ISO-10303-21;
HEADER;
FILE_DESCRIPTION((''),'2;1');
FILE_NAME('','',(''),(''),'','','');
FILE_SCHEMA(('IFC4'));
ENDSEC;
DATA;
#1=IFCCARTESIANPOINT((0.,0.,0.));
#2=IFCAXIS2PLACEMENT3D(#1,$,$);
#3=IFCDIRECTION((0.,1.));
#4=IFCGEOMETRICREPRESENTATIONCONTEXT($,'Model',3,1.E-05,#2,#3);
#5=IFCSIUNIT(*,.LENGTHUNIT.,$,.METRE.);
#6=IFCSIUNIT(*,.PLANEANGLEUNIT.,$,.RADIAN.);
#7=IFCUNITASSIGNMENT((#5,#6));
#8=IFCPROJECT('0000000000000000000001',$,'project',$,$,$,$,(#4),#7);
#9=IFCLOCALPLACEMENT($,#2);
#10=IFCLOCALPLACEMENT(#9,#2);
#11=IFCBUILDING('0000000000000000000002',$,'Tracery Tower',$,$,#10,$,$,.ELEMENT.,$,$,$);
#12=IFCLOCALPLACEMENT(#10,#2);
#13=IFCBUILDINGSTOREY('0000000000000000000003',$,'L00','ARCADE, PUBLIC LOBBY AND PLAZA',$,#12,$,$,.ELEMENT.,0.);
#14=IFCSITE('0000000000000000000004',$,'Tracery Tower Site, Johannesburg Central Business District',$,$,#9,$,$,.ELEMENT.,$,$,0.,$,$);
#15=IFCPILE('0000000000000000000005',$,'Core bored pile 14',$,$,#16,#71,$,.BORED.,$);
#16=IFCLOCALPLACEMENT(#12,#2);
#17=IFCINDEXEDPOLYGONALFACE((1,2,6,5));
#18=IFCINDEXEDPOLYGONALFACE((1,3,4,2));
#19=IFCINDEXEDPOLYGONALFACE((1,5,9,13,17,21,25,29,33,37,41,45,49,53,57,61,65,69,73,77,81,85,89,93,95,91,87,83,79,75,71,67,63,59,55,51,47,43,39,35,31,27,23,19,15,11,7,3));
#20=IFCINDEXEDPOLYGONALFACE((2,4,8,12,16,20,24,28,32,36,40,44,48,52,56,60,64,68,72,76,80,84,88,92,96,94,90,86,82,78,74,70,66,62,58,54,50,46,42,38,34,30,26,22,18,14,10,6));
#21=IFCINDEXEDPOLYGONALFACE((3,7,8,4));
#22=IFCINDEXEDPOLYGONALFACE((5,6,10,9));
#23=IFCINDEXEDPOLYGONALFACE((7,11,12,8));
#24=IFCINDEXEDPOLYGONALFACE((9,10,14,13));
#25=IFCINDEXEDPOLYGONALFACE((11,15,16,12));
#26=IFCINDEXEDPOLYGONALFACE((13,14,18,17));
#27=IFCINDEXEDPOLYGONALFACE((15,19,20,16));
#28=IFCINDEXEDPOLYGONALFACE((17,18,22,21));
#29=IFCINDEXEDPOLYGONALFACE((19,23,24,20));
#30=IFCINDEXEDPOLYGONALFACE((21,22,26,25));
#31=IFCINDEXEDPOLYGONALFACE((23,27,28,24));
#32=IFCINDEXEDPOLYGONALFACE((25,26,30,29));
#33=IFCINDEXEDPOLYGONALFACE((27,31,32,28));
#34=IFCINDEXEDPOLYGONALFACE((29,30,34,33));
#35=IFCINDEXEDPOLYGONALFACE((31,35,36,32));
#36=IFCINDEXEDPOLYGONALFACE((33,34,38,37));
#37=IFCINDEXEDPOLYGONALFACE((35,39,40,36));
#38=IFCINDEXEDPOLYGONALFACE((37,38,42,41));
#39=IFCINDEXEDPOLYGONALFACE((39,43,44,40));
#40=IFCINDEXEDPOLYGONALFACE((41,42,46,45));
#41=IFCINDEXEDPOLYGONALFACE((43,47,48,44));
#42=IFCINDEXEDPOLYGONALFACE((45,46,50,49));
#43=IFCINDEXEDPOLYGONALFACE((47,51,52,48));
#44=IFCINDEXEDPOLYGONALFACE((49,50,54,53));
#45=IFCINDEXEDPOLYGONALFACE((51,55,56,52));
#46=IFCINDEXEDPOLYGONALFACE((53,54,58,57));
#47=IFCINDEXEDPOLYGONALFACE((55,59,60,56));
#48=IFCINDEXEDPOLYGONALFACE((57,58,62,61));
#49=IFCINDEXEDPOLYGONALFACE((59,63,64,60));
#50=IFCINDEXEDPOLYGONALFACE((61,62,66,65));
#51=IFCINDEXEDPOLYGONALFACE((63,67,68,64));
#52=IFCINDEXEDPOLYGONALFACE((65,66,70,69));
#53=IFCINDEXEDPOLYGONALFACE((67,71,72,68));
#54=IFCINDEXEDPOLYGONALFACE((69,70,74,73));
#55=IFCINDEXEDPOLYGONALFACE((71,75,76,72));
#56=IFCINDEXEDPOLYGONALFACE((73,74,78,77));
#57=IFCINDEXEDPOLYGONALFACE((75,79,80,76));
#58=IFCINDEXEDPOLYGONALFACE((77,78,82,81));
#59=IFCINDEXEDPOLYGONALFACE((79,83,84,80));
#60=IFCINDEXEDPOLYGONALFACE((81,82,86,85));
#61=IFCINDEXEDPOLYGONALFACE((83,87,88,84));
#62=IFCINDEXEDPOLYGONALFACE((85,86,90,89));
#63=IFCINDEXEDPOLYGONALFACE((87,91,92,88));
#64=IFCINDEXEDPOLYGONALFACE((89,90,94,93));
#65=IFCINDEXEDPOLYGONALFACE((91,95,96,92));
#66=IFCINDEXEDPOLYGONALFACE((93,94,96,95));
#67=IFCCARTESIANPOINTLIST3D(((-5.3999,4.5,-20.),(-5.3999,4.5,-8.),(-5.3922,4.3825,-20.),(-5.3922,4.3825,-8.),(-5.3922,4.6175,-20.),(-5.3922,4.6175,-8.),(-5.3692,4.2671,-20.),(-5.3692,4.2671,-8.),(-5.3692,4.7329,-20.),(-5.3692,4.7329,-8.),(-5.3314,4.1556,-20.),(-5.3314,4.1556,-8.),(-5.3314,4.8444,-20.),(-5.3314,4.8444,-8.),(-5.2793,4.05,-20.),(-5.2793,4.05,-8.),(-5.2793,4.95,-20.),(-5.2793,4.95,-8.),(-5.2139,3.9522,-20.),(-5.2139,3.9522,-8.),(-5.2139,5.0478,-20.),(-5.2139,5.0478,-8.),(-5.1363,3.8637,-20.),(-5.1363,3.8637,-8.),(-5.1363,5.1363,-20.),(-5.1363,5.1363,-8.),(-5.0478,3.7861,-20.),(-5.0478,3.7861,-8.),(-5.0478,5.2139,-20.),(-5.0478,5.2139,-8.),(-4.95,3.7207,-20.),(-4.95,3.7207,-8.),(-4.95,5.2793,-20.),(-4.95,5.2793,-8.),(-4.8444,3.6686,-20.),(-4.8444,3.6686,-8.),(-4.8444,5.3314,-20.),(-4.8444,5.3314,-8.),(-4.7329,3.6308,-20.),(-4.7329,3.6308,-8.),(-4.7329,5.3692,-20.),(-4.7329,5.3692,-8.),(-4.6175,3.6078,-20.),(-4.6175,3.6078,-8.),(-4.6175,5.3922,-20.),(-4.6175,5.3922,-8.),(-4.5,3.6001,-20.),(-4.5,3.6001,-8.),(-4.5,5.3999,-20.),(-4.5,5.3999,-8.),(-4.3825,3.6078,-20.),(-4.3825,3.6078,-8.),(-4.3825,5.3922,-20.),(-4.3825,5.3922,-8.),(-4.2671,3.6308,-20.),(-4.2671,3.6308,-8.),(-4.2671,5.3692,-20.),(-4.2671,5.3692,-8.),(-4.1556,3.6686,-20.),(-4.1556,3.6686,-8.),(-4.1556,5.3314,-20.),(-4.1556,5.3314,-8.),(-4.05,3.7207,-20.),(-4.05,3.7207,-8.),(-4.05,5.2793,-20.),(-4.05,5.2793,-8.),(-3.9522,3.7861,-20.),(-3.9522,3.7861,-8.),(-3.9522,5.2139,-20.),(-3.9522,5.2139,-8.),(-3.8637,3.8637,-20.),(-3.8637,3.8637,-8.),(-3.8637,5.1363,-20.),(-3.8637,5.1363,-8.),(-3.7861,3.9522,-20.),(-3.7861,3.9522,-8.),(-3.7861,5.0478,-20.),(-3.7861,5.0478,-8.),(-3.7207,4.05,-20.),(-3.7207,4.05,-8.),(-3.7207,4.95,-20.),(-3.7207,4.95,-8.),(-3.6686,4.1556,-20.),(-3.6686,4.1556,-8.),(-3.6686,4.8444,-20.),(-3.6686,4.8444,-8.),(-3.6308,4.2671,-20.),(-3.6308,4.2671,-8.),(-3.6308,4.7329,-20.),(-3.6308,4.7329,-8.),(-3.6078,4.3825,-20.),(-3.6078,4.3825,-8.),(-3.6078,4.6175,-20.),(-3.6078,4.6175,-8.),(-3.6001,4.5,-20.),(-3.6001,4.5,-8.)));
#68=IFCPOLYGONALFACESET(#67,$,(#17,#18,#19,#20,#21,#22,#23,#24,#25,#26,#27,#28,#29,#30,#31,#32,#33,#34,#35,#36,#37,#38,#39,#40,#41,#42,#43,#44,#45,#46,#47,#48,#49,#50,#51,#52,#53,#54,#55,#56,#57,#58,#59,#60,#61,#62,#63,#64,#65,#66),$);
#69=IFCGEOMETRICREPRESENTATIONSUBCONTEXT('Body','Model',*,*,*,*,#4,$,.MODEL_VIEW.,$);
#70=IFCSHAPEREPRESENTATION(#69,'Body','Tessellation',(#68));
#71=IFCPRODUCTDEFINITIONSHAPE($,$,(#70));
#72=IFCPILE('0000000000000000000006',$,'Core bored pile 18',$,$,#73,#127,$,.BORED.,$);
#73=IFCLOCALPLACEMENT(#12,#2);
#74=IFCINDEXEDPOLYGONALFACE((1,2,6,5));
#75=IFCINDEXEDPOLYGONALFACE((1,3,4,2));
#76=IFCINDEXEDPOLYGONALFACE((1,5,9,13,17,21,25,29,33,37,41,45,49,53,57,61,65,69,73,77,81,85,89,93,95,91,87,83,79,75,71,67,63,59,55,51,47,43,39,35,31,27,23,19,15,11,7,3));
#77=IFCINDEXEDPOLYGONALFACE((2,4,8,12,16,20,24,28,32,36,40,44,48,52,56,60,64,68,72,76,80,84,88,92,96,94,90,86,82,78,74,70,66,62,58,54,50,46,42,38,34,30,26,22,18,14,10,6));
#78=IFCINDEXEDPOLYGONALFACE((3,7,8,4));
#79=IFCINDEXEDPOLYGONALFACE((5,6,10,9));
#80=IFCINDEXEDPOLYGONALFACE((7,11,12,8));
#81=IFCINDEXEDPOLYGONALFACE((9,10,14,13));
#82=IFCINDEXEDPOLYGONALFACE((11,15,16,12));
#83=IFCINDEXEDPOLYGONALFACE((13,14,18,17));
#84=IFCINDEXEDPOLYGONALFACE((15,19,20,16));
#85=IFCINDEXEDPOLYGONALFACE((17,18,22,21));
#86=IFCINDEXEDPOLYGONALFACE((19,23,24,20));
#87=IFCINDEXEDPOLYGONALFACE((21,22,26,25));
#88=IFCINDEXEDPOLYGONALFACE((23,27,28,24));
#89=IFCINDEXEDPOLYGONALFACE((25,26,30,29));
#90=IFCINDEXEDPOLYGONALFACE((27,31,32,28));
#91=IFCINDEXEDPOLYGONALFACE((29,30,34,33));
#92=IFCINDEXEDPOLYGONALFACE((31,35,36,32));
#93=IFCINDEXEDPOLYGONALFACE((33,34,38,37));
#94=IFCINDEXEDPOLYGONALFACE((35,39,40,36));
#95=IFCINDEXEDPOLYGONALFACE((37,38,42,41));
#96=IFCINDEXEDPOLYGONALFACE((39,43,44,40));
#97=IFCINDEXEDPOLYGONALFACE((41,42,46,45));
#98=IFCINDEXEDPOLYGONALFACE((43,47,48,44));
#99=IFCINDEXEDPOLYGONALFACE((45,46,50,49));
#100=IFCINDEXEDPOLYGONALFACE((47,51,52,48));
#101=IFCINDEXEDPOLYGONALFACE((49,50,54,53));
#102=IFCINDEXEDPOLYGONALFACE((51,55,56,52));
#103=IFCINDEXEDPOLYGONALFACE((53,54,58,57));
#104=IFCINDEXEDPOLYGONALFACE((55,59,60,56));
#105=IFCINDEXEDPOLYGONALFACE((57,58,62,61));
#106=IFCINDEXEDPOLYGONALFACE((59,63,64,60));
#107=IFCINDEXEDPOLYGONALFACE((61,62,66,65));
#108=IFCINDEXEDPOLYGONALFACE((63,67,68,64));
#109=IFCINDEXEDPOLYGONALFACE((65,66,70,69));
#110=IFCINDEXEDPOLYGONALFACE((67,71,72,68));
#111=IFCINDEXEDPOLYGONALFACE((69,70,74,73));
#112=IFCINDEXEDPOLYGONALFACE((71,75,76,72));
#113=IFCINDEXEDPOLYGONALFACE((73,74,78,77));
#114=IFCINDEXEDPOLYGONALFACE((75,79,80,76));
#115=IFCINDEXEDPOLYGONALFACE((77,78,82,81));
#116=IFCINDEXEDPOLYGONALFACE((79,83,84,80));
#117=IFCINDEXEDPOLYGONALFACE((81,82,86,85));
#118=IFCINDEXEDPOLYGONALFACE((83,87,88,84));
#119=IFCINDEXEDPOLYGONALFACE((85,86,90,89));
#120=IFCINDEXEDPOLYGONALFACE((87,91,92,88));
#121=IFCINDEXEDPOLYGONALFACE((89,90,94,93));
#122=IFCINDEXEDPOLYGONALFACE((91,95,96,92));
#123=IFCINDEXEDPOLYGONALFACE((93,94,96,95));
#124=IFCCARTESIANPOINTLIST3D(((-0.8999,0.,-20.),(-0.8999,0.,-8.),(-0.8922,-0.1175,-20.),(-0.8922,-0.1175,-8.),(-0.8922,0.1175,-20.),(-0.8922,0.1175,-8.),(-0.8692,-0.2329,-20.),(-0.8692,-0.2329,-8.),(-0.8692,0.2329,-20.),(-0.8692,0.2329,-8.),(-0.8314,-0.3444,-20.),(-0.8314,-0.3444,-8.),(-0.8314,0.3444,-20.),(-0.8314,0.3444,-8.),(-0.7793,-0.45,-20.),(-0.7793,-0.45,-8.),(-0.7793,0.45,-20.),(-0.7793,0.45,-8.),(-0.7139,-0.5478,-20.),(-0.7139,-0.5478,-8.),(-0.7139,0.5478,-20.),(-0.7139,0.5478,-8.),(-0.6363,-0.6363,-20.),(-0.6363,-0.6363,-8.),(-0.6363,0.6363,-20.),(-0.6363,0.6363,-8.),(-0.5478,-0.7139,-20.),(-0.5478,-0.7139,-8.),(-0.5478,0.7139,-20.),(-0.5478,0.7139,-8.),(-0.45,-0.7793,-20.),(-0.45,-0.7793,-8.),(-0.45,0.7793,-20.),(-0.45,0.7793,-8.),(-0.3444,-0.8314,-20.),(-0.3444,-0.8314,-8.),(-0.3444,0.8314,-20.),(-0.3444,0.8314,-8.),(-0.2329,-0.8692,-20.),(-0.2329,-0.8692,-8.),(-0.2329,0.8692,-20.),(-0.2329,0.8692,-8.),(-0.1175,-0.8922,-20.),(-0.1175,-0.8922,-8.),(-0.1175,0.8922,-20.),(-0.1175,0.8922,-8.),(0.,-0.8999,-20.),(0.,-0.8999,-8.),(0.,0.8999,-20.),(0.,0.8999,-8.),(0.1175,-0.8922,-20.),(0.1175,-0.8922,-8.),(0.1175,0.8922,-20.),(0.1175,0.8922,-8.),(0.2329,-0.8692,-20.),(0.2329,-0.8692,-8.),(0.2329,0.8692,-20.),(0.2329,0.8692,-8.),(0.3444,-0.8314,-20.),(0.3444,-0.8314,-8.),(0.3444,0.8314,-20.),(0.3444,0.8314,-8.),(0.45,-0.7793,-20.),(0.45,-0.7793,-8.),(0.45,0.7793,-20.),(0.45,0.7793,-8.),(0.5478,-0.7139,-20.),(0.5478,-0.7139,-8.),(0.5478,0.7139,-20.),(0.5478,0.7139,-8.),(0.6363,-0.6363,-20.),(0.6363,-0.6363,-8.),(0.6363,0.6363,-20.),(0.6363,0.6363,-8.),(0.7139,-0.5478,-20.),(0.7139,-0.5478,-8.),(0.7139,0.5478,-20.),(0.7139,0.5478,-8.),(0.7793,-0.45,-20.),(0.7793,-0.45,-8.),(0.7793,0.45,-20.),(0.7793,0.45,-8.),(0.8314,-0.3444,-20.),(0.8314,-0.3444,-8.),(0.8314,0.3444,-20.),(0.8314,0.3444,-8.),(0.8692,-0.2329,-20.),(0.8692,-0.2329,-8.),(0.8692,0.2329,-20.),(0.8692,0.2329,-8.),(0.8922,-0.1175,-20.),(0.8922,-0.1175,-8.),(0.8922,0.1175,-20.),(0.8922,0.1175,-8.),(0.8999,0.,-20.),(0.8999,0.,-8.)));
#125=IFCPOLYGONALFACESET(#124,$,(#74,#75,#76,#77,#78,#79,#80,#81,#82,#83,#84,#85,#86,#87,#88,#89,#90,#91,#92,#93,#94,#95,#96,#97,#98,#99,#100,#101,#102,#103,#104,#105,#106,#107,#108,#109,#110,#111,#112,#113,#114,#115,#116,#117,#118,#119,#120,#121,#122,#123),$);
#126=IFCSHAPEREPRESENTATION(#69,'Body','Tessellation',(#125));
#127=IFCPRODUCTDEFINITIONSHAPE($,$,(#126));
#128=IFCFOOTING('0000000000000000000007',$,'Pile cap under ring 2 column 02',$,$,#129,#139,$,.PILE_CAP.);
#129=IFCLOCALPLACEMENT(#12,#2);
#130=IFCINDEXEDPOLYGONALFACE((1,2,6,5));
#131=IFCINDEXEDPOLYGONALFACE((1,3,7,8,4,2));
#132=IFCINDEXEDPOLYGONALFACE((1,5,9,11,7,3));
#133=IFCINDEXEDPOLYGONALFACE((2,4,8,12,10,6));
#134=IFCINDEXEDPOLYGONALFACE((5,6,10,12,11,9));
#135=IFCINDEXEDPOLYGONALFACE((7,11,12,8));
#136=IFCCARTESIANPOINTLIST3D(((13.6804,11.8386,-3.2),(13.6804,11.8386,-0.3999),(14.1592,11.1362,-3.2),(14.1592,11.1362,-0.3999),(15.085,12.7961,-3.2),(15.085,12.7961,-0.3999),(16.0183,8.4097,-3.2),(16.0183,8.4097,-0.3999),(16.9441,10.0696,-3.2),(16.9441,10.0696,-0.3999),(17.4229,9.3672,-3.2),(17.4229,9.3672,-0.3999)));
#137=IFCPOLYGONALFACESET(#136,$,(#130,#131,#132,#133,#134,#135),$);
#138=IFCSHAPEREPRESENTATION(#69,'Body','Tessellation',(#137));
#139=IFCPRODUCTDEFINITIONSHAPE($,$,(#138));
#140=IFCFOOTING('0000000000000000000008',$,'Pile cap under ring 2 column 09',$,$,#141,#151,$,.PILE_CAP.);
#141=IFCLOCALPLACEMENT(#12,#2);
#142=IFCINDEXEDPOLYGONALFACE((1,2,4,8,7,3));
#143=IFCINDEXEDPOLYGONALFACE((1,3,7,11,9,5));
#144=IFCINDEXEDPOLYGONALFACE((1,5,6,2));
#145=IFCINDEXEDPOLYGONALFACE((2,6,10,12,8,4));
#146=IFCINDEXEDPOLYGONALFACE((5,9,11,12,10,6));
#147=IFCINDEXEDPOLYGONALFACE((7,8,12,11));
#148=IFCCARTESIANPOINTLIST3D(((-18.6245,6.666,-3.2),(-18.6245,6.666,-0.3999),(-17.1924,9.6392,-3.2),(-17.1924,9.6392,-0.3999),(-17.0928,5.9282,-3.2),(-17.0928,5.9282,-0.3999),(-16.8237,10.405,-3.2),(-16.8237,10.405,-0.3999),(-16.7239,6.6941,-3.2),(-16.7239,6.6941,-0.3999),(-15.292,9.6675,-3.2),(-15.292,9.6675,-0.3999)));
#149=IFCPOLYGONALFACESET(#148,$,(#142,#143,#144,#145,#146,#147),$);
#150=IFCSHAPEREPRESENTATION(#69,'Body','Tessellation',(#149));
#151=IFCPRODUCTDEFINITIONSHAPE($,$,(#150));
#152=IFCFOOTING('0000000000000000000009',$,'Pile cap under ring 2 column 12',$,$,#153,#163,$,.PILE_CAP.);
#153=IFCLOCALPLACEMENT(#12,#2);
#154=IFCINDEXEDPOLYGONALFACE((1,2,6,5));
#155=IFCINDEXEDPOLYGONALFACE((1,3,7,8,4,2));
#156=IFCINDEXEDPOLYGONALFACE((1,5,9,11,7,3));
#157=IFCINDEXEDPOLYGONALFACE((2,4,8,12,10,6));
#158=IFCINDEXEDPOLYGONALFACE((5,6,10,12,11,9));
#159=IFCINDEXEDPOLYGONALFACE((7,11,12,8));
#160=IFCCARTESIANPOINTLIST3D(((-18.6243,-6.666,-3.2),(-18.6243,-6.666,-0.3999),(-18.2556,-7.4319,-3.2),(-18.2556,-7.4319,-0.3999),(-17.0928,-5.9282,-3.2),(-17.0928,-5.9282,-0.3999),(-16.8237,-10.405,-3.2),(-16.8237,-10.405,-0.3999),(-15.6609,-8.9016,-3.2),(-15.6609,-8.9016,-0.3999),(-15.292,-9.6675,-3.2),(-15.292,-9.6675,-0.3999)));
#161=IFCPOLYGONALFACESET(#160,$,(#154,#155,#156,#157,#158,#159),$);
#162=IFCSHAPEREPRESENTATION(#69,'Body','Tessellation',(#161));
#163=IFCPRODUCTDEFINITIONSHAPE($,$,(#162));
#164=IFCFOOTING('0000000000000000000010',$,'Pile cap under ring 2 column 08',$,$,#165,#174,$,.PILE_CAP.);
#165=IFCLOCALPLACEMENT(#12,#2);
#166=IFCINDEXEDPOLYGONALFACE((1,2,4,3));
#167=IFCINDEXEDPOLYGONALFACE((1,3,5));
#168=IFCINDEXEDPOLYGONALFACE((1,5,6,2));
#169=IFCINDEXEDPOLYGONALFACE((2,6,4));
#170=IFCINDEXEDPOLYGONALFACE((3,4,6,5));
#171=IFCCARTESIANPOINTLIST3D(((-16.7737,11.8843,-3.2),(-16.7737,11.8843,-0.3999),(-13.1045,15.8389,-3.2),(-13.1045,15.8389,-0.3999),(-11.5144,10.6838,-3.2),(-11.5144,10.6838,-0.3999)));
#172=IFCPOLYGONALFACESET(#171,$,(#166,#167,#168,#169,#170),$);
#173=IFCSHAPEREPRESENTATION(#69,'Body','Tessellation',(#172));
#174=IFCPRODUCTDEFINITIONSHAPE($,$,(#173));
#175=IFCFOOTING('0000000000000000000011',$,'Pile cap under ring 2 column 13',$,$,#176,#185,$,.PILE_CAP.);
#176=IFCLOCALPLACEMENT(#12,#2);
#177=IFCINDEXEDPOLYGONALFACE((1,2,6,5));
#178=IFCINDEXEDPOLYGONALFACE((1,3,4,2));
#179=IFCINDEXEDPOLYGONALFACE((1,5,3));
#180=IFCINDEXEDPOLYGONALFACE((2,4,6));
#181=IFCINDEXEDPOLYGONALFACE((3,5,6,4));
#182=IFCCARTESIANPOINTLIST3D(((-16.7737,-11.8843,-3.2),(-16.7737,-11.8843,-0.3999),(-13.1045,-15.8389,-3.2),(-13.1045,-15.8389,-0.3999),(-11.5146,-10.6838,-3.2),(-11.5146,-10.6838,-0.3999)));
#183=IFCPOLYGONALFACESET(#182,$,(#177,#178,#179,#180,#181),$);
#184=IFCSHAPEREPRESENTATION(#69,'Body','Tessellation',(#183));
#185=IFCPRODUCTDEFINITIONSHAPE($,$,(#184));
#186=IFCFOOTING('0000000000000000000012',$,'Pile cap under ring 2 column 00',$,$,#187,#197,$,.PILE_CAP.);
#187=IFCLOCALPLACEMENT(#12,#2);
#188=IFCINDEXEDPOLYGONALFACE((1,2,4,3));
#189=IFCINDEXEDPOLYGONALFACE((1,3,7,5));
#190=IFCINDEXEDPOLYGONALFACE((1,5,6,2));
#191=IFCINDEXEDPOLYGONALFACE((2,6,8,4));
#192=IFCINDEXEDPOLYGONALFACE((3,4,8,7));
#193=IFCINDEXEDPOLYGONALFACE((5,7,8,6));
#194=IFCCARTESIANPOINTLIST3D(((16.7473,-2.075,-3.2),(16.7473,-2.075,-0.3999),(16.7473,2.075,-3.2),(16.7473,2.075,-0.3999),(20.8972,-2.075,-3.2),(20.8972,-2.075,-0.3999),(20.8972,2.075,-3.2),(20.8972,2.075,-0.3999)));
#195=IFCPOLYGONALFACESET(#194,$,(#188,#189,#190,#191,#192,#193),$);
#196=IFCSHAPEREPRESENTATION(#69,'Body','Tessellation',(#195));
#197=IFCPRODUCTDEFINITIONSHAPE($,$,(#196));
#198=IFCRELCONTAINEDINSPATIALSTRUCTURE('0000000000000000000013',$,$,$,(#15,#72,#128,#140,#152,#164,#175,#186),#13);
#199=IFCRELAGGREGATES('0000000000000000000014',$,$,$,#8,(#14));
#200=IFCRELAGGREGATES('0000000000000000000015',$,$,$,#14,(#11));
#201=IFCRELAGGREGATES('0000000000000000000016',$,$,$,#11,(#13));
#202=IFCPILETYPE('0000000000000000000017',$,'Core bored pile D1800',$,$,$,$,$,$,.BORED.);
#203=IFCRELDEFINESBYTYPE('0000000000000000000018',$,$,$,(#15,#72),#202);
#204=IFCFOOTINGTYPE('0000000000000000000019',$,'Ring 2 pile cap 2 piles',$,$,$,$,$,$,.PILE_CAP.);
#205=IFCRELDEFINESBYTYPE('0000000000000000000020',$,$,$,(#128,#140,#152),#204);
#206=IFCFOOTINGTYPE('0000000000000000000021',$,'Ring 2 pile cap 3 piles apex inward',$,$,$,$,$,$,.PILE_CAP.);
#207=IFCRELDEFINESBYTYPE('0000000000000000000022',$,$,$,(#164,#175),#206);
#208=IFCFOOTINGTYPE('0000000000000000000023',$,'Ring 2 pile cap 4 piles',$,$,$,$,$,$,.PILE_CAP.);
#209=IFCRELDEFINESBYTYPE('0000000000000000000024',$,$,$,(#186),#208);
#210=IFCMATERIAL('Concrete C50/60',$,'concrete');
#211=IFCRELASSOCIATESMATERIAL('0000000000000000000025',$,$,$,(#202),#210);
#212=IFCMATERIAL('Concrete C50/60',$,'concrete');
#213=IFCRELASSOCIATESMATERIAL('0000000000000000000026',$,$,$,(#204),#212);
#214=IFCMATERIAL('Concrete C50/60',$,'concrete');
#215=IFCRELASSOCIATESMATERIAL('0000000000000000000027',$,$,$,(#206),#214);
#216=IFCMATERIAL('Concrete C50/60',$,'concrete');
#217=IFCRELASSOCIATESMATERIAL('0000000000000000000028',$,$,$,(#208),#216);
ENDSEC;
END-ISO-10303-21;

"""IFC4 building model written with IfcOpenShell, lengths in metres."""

from ifc_helpers import new_model, si_unit, direction, frame, origin, origin_2d, place, context, subcontext, project, spatial, polyline, circle, outline, extrude, material, material_profile, profile_set, type_object, element, save


model = new_model("IFC4")

# Units and contexts
model_context = context("Model", 3, precision=1e-05, world=origin(), true_north=direction((0.0, 1.0)))
body_context = subcontext(model_context, "Body", "Model", "MODEL_VIEW")
ifc_project = project(units=[si_unit("LENGTHUNIT", "METRE"), si_unit("PLANEANGLEUNIT", "RADIAN")], contexts=[model_context])

# Site, building, storey
site_placement = place(None, origin())
site = spatial("IfcSite", under=ifc_project, at=site_placement, Name="Tracery Tower Site, Johannesburg Central Business District", CompositionType="ELEMENT", RefElevation=0.0)
building_placement = place(site_placement, origin())
building = spatial("IfcBuilding", under=site, at=building_placement, Name="Tracery Tower", CompositionType="ELEMENT")
storey_placement = place(building_placement, origin())
storey = spatial("IfcBuildingStorey", under=building, at=storey_placement, Name="L00", Description="ARCADE, PUBLIC LOBBY AND PLAZA", CompositionType="ELEMENT", Elevation=0.0)

# Piles
ifc_material_1 = material(Name="Concrete C50/60", Category="concrete")
ifc_material_profile = material_profile(ifc_material_1, circle(Radius=0.8999, at=origin_2d()), Name="RC D1800")
ifc_profile_set = profile_set([ifc_material_profile], Name="Concrete C50/60")
pile_type = type_object("IfcPileType", Name="Core bored pile D1800", PredefinedType="BORED", material=ifc_profile_set)
for number, where, z_axis, x_axis, name in (
    (1, (-4.5, 4.5, -8.0), (0.0, 0.0, -1.0), (1.0, 0.0, 0.0), "Core bored pile 14"),
    (2, (0.0, 0.0, -8.0), (0.0, 0.0, -1.0), (1.0, 0.0, 0.0), "Core bored pile 18"),
):
    element("IfcPile", number, at=place(storey_placement, frame(where, z_axis=z_axis, x_axis=x_axis)), inside=storey, type_object=pile_type, Name=name, PredefinedType="BORED", context=body_context, shape_type="SweptSolid", body=[
        extrude(circle(Radius=0.8999, at=origin_2d()), origin(), (0.0, 0.0, 1.0), 12.0),
    ])

# Footings
ifc_material_2 = material(Name="Concrete C50/60", Category="concrete")
footing_type_1 = type_object("IfcFootingType", Name="Ring 2 pile cap 2 piles", PredefinedType="PILE_CAP", material=ifc_material_2)
footing_1_placement = place(storey_placement, frame((0.0, 0.0, -3.2)))
element("IfcFooting", 3, at=footing_1_placement, inside=storey, type_object=footing_type_1, Name="Pile cap under ring 2 column 02", PredefinedType="PILE_CAP", context=body_context, shape_type="SweptSolid", body=[
    extrude(outline(polyline([(16.0183, 8.4097), (17.4229, 9.3672), (16.9441, 10.0696), (15.085, 12.7961), (13.6804, 11.8386), (14.1592, 11.1362), (16.0183, 8.4097)])), origin(), (0.0, 0.0, 1.0), 2.8),
])
footing_2_placement = place(storey_placement, frame((0.0, 0.0, -3.2)))
element("IfcFooting", 4, at=footing_2_placement, inside=storey, type_object=footing_type_1, Name="Pile cap under ring 2 column 09", PredefinedType="PILE_CAP", context=body_context, shape_type="SweptSolid", body=[
    extrude(outline(polyline([(-15.292, 9.6675), (-16.8237, 10.405), (-17.1924, 9.6392), (-18.6245, 6.666), (-17.0928, 5.9282), (-16.7239, 6.6941), (-15.292, 9.6675)])), origin(), (0.0, 0.0, 1.0), 2.8),
])
footing_3_placement = place(storey_placement, frame((0.0, 0.0, -3.2)))
element("IfcFooting", 5, at=footing_3_placement, inside=storey, type_object=footing_type_1, Name="Pile cap under ring 2 column 12", PredefinedType="PILE_CAP", context=body_context, shape_type="SweptSolid", body=[
    extrude(outline(polyline([(-17.0928, -5.9282), (-18.6243, -6.666), (-18.2556, -7.4319), (-16.8237, -10.405), (-15.292, -9.6675), (-15.6609, -8.9016), (-17.0928, -5.9282)])), origin(), (0.0, 0.0, 1.0), 2.8),
])
ifc_material_3 = material(Name="Concrete C50/60", Category="concrete")
footing_type_2 = type_object("IfcFootingType", Name="Ring 2 pile cap 3 piles apex inward", PredefinedType="PILE_CAP", material=ifc_material_3)
footing_4_placement = place(storey_placement, frame((0.0, 0.0, -3.2)))
element("IfcFooting", 6, at=footing_4_placement, inside=storey, type_object=footing_type_2, Name="Pile cap under ring 2 column 08", PredefinedType="PILE_CAP", context=body_context, shape_type="SweptSolid", body=[
    extrude(outline(polyline([(-16.7737, 11.8843), (-11.5144, 10.6838), (-13.1045, 15.8389), (-16.7737, 11.8843)])), origin(), (0.0, 0.0, 1.0), 2.8),
])
footing_5_placement = place(storey_placement, frame((0.0, 0.0, -3.2)))
element("IfcFooting", 7, at=footing_5_placement, inside=storey, type_object=footing_type_2, Name="Pile cap under ring 2 column 13", PredefinedType="PILE_CAP", context=body_context, shape_type="SweptSolid", body=[
    extrude(outline(polyline([(-13.1045, -15.8389), (-11.5146, -10.6838), (-16.7737, -11.8843), (-13.1045, -15.8389)])), origin(), (0.0, 0.0, 1.0), 2.8),
])
ifc_material_4 = material(Name="Concrete C50/60", Category="concrete")
footing_type_3 = type_object("IfcFootingType", Name="Ring 2 pile cap 4 piles", PredefinedType="PILE_CAP", material=ifc_material_4)
footing_6_placement = place(storey_placement, frame((0.0, 0.0, -3.2)))
element("IfcFooting", 8, at=footing_6_placement, inside=storey, type_object=footing_type_3, Name="Pile cap under ring 2 column 00", PredefinedType="PILE_CAP", context=body_context, shape_type="SweptSolid", body=[
    extrude(outline(polyline([(20.8972, -2.075), (20.8972, 2.075), (16.7473, 2.075), (16.7473, -2.075), (20.8972, -2.075)])), origin(), (0.0, 0.0, 1.0), 2.8),
])

save(model, "model.ifc")
